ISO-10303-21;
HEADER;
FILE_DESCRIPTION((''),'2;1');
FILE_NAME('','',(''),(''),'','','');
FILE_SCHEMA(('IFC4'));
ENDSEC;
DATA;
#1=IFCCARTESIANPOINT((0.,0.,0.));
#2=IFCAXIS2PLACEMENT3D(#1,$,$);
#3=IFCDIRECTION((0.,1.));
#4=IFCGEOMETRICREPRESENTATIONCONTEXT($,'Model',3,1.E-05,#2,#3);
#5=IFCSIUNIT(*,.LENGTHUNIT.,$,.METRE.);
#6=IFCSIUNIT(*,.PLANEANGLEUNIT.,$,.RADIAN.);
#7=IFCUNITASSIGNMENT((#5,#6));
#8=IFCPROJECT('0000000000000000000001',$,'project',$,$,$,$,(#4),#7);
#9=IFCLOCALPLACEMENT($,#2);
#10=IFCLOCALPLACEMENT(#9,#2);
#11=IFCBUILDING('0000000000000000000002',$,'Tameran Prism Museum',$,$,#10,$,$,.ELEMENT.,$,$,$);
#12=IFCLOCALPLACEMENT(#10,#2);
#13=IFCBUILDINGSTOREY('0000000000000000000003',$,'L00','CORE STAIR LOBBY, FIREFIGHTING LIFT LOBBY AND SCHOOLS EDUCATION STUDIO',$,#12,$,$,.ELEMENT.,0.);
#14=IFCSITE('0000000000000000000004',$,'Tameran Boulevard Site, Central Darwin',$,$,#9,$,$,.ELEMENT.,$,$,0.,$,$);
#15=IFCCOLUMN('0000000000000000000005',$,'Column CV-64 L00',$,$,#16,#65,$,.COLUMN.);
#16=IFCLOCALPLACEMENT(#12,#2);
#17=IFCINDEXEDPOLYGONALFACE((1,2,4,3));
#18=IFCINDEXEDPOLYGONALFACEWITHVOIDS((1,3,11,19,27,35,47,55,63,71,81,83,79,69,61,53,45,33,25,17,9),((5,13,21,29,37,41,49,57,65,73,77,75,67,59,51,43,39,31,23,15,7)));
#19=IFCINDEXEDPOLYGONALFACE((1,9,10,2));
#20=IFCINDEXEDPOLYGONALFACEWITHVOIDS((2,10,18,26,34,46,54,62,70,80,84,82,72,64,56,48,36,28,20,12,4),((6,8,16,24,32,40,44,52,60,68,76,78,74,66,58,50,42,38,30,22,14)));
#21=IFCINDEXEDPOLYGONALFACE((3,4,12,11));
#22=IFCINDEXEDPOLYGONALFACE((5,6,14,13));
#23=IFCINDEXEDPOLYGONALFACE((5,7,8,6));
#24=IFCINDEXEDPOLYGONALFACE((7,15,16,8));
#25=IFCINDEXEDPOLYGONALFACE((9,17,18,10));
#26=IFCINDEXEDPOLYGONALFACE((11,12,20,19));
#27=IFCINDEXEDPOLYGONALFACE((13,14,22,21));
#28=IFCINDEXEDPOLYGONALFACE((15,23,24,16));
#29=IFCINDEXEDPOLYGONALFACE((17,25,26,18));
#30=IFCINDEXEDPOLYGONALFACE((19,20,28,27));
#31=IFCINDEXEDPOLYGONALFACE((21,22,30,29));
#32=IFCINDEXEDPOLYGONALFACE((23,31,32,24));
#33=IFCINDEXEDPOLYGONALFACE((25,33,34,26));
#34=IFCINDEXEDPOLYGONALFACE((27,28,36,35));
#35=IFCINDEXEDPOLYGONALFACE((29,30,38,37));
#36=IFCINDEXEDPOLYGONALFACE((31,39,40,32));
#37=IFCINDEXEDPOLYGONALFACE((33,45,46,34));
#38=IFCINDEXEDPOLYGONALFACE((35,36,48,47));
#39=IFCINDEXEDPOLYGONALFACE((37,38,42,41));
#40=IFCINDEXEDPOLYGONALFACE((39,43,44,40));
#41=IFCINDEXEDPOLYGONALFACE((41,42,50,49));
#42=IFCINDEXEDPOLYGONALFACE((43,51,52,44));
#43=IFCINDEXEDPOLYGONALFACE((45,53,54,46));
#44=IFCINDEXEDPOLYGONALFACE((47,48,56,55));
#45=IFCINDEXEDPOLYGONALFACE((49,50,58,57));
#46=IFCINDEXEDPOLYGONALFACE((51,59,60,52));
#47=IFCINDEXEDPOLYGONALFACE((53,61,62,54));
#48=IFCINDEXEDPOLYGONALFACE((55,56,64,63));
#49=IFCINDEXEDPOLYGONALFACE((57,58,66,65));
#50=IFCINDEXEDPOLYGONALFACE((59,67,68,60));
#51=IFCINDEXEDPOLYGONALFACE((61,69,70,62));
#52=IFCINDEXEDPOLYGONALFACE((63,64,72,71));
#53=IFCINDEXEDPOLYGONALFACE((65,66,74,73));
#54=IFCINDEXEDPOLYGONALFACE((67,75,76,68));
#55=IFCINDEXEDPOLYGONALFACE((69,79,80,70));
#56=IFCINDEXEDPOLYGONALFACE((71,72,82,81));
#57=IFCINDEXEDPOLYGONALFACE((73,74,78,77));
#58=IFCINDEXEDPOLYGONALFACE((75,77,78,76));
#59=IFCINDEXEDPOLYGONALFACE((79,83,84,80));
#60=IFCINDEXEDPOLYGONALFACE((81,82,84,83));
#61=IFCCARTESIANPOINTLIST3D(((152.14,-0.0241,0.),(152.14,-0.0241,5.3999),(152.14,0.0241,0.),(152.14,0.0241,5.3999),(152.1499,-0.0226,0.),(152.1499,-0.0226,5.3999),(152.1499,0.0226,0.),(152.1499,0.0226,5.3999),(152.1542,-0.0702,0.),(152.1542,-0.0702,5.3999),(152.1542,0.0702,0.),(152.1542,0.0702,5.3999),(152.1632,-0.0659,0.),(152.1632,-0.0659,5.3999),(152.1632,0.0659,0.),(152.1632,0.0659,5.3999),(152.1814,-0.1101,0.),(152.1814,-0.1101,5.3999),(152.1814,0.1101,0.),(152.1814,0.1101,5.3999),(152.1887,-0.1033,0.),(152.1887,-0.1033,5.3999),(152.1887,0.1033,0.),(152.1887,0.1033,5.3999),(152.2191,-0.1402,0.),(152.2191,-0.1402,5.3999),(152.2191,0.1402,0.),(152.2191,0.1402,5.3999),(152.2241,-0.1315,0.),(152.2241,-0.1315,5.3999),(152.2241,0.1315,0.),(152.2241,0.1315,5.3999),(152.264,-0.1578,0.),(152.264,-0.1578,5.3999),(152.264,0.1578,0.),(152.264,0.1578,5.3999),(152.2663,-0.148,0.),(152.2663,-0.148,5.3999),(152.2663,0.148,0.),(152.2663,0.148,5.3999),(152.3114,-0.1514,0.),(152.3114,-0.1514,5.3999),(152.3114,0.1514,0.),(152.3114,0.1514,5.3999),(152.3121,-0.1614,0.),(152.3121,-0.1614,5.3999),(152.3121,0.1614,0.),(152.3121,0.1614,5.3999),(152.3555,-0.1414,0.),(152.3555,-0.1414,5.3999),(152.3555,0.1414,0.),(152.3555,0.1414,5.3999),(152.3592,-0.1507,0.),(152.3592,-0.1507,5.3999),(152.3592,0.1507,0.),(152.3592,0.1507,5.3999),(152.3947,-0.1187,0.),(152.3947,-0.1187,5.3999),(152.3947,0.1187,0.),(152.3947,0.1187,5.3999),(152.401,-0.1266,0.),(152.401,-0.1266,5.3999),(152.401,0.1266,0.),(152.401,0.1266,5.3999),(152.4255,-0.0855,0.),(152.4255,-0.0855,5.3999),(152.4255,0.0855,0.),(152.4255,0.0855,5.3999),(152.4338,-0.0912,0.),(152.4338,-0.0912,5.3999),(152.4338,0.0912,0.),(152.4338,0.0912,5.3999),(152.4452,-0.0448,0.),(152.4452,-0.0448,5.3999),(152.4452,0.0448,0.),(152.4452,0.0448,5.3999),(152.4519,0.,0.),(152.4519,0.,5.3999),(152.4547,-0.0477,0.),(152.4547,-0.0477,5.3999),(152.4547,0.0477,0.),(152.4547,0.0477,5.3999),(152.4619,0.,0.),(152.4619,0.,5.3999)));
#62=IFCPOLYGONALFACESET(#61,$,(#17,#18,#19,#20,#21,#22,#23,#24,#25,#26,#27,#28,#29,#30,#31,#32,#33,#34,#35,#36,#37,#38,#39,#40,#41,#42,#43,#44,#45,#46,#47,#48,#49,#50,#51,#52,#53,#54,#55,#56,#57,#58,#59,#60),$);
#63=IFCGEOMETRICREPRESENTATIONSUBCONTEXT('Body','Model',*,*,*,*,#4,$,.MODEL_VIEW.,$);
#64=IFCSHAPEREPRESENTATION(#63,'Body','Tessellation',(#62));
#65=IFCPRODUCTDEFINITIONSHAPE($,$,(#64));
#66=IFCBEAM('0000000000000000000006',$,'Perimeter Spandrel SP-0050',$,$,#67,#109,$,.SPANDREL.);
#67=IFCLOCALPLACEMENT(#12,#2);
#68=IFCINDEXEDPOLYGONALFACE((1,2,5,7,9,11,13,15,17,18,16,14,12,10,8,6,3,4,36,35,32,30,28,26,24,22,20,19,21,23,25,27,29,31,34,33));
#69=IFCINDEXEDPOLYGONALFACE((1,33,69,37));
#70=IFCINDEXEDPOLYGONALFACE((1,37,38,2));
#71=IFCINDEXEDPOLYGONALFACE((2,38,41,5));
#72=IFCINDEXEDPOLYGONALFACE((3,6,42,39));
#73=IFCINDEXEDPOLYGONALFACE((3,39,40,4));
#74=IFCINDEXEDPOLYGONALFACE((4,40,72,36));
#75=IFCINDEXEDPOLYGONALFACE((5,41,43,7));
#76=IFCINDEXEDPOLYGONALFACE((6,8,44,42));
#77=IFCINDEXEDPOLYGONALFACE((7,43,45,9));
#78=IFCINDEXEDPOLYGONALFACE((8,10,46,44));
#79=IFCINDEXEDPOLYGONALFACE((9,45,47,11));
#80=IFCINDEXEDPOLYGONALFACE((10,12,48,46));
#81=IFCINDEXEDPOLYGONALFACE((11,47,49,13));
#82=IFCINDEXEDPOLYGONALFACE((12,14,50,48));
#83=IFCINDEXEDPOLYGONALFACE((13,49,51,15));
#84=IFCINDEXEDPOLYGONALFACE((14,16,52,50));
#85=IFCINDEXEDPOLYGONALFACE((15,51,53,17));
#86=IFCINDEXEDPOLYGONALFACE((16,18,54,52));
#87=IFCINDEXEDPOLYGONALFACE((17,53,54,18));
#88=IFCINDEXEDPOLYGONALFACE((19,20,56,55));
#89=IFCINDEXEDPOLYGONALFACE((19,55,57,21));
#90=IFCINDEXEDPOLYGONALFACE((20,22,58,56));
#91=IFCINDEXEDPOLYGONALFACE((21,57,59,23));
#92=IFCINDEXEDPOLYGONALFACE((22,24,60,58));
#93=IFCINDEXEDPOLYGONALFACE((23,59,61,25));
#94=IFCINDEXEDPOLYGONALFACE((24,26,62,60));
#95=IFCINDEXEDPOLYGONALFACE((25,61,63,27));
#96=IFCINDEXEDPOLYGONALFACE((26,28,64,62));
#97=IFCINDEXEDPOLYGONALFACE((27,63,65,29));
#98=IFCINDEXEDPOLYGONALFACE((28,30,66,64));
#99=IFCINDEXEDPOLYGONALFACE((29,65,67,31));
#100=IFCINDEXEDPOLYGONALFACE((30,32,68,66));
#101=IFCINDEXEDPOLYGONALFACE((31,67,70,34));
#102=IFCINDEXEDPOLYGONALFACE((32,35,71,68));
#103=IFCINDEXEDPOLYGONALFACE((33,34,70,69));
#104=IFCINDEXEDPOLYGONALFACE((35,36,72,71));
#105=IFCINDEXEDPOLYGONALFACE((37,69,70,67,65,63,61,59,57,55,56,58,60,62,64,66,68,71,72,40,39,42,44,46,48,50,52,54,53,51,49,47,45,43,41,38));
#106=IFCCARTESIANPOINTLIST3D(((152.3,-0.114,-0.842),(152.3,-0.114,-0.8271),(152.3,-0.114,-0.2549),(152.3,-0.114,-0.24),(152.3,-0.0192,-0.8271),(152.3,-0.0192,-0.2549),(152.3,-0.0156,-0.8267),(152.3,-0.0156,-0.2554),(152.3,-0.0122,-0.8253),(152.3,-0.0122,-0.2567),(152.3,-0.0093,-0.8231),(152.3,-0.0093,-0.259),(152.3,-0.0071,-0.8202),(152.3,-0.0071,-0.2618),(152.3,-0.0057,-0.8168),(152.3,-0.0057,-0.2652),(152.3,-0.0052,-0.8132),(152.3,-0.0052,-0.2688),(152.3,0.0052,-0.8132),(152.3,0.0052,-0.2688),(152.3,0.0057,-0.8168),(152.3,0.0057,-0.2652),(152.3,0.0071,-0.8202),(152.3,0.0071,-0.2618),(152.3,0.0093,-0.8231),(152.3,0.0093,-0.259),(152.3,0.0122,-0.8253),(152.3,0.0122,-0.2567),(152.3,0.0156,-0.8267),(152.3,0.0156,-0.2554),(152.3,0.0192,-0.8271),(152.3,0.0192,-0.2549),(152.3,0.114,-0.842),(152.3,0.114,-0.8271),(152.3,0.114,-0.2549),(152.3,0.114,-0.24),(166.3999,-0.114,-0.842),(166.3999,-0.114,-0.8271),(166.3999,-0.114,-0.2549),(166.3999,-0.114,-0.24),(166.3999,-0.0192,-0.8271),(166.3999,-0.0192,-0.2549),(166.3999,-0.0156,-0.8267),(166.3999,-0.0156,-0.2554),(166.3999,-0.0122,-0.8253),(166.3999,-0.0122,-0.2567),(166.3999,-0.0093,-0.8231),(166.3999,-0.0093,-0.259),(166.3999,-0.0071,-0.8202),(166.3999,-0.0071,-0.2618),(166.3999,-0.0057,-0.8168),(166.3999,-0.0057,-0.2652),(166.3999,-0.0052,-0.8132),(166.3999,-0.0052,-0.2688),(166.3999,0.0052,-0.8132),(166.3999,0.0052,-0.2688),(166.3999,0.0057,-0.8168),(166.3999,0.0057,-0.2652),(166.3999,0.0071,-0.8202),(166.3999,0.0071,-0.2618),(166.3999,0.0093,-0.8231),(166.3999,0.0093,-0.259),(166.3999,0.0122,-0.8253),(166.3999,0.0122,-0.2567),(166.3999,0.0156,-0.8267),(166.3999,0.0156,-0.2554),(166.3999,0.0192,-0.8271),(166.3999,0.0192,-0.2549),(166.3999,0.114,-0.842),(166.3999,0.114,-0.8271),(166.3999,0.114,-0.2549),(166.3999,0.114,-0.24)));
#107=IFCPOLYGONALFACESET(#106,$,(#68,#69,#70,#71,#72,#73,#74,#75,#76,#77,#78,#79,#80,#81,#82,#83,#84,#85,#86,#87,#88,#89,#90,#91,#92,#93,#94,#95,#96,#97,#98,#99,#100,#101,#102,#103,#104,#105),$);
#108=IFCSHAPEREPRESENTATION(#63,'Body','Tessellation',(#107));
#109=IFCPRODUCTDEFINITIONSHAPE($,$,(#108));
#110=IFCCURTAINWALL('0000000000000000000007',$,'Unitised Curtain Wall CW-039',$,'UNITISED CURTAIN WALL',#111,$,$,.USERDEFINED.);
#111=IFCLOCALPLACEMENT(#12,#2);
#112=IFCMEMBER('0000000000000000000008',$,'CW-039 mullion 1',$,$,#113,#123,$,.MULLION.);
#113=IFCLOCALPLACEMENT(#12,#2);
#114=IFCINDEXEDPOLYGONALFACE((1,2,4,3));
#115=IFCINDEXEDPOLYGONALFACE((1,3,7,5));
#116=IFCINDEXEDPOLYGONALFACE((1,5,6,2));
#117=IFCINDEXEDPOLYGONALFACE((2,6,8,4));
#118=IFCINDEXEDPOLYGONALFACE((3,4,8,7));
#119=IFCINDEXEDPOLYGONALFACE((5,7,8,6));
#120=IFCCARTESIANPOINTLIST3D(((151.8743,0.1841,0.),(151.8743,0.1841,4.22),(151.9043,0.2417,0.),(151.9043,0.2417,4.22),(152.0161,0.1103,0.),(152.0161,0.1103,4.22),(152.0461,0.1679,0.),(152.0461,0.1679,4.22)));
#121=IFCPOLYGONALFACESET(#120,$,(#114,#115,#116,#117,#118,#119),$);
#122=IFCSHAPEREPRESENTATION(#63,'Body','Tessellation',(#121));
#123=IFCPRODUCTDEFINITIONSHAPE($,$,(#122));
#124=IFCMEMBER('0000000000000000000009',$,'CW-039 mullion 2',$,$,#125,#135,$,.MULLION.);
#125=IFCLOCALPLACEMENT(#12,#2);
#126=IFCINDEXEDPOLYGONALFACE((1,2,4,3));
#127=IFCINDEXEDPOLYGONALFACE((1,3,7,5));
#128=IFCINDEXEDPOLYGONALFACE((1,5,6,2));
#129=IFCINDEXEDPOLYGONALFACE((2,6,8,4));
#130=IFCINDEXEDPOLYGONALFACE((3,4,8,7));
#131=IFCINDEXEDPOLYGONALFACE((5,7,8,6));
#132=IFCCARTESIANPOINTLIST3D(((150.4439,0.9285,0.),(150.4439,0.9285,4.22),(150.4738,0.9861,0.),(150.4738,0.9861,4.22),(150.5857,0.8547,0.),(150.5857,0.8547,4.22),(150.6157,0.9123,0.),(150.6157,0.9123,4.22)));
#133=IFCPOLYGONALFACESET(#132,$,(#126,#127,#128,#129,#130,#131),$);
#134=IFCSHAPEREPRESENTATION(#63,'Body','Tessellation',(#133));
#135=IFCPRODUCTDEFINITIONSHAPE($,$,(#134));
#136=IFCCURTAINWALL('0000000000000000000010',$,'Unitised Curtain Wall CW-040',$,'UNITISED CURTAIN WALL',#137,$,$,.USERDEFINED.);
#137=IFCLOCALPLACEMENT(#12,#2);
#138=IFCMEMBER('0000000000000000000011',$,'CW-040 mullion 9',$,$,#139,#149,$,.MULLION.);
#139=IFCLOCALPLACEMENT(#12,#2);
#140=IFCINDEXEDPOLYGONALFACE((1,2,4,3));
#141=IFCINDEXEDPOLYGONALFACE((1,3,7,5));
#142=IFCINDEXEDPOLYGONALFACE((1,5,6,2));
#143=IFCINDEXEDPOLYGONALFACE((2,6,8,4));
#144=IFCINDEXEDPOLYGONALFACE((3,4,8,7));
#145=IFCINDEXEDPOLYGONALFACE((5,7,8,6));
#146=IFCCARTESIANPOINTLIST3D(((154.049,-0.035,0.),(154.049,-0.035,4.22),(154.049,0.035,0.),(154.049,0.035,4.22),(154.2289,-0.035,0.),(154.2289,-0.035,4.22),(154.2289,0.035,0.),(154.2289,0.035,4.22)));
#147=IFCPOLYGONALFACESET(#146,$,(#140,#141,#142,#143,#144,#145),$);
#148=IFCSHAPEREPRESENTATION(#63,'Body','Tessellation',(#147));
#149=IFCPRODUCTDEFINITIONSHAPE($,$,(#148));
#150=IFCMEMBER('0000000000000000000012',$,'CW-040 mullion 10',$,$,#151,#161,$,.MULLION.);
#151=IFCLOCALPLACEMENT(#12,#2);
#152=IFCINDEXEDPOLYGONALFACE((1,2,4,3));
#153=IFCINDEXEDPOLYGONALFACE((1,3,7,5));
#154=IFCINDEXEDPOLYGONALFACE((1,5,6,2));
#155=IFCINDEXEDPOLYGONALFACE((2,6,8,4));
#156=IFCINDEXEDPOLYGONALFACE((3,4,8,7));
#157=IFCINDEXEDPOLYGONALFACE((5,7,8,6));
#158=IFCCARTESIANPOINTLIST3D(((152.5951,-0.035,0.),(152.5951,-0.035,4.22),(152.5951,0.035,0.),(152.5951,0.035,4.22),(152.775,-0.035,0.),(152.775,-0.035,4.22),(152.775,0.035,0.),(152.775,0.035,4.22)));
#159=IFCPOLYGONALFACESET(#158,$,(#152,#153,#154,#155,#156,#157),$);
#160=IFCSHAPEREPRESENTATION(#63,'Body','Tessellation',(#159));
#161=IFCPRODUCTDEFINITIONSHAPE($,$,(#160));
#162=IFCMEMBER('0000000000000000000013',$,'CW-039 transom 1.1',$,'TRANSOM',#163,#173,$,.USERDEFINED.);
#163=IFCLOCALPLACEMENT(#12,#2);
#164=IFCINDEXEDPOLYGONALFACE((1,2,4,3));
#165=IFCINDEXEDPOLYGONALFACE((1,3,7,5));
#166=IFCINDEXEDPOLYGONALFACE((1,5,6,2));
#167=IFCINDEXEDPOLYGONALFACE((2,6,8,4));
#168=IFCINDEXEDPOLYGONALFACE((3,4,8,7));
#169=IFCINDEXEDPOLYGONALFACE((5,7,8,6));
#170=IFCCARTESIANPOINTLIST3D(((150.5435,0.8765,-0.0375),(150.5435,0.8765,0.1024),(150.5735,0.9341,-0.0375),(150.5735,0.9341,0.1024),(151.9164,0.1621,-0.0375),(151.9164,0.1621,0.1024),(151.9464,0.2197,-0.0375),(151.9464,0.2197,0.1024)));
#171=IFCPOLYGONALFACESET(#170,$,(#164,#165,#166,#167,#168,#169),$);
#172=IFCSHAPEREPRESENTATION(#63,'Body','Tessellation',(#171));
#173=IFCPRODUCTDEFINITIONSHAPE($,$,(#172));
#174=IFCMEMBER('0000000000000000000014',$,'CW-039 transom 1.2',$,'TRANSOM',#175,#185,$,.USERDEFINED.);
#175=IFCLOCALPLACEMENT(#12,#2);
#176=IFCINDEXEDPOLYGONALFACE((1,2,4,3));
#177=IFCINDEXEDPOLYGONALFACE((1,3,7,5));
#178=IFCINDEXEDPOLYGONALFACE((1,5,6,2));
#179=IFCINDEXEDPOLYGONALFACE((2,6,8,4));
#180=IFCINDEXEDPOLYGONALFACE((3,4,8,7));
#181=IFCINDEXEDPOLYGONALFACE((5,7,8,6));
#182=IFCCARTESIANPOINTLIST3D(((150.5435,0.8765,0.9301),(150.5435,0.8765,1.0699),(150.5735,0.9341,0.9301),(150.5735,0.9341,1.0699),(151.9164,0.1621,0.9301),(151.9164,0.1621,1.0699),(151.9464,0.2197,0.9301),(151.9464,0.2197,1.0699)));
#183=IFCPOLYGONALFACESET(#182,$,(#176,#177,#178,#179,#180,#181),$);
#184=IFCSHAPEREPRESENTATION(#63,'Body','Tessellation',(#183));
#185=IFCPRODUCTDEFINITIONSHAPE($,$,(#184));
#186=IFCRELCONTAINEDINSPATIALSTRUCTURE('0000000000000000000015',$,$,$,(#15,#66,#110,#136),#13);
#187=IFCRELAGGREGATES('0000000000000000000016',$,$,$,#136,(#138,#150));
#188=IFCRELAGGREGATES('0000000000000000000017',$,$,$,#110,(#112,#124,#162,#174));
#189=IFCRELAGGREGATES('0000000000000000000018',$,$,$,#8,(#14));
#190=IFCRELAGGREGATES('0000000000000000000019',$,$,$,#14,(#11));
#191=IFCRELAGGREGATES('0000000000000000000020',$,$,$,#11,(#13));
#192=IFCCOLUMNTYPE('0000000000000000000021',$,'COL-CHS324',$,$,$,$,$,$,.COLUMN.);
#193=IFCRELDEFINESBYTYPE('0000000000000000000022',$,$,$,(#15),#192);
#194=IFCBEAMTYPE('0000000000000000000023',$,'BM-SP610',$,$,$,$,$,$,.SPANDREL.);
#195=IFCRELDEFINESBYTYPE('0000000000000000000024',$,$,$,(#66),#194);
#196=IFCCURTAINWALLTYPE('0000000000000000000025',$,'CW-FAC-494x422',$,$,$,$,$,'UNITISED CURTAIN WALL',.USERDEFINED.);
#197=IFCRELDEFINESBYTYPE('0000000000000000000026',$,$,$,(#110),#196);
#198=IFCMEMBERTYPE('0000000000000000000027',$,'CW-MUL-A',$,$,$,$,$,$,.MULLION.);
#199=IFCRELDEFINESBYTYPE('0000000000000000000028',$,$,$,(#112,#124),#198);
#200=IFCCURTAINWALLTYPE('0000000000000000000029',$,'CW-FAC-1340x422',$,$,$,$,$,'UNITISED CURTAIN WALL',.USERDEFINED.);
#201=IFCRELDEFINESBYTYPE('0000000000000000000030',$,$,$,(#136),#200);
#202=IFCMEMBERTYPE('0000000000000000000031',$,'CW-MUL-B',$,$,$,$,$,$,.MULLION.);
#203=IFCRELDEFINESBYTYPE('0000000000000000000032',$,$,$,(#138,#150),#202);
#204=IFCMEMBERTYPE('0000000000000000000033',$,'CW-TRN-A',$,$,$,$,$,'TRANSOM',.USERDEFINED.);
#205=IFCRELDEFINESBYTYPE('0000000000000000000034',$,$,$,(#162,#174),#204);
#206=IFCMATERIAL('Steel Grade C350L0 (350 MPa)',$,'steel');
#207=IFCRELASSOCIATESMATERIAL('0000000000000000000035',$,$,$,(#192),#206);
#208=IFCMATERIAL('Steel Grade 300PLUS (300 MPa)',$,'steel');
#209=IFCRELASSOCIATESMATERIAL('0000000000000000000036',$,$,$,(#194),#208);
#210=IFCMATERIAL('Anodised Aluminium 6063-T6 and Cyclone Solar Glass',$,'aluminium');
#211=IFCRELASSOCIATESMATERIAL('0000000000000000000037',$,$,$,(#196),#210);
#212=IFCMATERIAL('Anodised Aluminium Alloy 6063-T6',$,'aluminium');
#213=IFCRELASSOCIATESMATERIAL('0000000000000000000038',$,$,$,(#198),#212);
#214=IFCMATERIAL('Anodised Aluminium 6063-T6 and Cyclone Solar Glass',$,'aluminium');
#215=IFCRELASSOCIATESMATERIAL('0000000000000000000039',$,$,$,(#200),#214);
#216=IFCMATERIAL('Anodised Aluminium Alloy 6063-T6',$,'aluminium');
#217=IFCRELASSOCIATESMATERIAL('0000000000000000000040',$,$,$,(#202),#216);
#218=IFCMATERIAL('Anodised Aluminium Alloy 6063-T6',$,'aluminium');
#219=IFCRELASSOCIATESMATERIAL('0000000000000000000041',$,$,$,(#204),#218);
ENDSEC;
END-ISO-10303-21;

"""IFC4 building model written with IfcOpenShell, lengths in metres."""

from ifc_helpers import new_model, si_unit, direction, frame, origin, origin_2d, place, context, subcontext, project, spatial, rectangle, hollow_circle, i_section, extrude, material, material_profile, profile_set, type_object, element, aggregate, save


model = new_model("IFC4")

# Units and contexts
model_context = context("Model", 3, precision=1e-05, world=origin(), true_north=direction((0.0, 1.0)))
body_context = subcontext(model_context, "Body", "Model", "MODEL_VIEW")
ifc_project = project(units=[si_unit("LENGTHUNIT", "METRE"), si_unit("PLANEANGLEUNIT", "RADIAN")], contexts=[model_context])

# Site, building, storey
site_placement = place(None, origin())
site = spatial("IfcSite", under=ifc_project, at=site_placement, Name="Tameran Boulevard Site, Central Darwin", CompositionType="ELEMENT", RefElevation=0.0)
building_placement = place(site_placement, origin())
building = spatial("IfcBuilding", under=site, at=building_placement, Name="Tameran Prism Museum", CompositionType="ELEMENT")
storey_placement = place(building_placement, origin())
storey = spatial("IfcBuildingStorey", under=building, at=storey_placement, Name="L00", Description="CORE STAIR LOBBY, FIREFIGHTING LIFT LOBBY AND SCHOOLS EDUCATION STUDIO", CompositionType="ELEMENT", Elevation=0.0)

# Column
ifc_material_1 = material(Name="Steel Grade C350L0 (350 MPa)", Category="steel")
ifc_material_profile_1 = material_profile(ifc_material_1, hollow_circle(Radius=0.1619, WallThickness=0.01, at=origin_2d()))
ifc_profile_set_1 = profile_set([ifc_material_profile_1])
column_type = type_object("IfcColumnType", Name="COL-CHS324", PredefinedType="COLUMN", material=ifc_profile_set_1)
column_placement = place(storey_placement, frame((152.3, 0.0, 0.0), z_axis=(0.0, 0.0, 1.0), x_axis=(1.0, 0.0, 0.0)))
element("IfcColumn", 1, at=column_placement, inside=storey, type_object=column_type, Name="Column CV-64 L00", PredefinedType="COLUMN", context=body_context, shape_type="SweptSolid", body=[
    extrude(hollow_circle(Radius=0.1619, WallThickness=0.01, at=origin_2d()), origin(), (0.0, 0.0, 1.0), 5.3999),
])

# Beam
ifc_material_2 = material(Name="Steel Grade 300PLUS (300 MPa)", Category="steel")
ifc_material_profile_2 = material_profile(ifc_material_2, i_section(OverallWidth=0.228, OverallDepth=0.6021, WebThickness=0.0105, FlangeThickness=0.0149, FilletRadius=0.0139, at=origin_2d()))
ifc_profile_set_2 = profile_set([ifc_material_profile_2])
beam_type = type_object("IfcBeamType", Name="BM-SP610", PredefinedType="SPANDREL", material=ifc_profile_set_2)
beam_placement = place(storey_placement, frame((152.3, 0.0, -0.541), z_axis=(1.0, 0.0, 0.0), x_axis=(0.0, 1.0, 0.0)))
element("IfcBeam", 2, at=beam_placement, inside=storey, type_object=beam_type, Name="Perimeter Spandrel SP-0050", PredefinedType="SPANDREL", context=body_context, shape_type="SweptSolid", body=[
    extrude(i_section(OverallWidth=0.228, OverallDepth=0.6021, WebThickness=0.0105, FlangeThickness=0.0149, FilletRadius=0.0139, at=origin_2d()), origin(), (0.0, 0.0, 1.0), 14.0999),
])

# Curtain walls, members
ifc_material_3 = material(Name="Anodised Aluminium 6063-T6 and Cyclone Solar Glass", Category="aluminium")
curtain_wall_type_1 = type_object("IfcCurtainWallType", Name="CW-FAC-494x422", ElementType="UNITISED CURTAIN WALL", PredefinedType="USERDEFINED", material=ifc_material_3)
curtain_wall_1_placement = place(storey_placement, origin())
curtain_wall_1 = element("IfcCurtainWall", 3, at=curtain_wall_1_placement, inside=storey, type_object=curtain_wall_type_1, Name="Unitised Curtain Wall CW-039", ObjectType="UNITISED CURTAIN WALL", PredefinedType="USERDEFINED")
ifc_material_4 = material(Name="Anodised Aluminium Alloy 6063-T6", Category="aluminium")
ifc_material_profile_3 = material_profile(ifc_material_4, rectangle(XDim=0.0649, YDim=0.1599, at=origin_2d()))
ifc_profile_set_3 = profile_set([ifc_material_profile_3])
member_type_1 = type_object("IfcMemberType", Name="CW-MUL-A", PredefinedType="MULLION", material=ifc_profile_set_3)
member_1_placement = place(storey_placement, frame((151.9602, 0.176, 0.0), z_axis=(0.0, 0.0, 1.0), x_axis=(-0.461582, -0.887097, 0.0)))
member_1 = element("IfcMember", 4, at=member_1_placement, type_object=member_type_1, Name="CW-039 mullion 1", PredefinedType="MULLION", context=body_context, shape_type="SweptSolid", body=[
    extrude(rectangle(XDim=0.0649, YDim=0.1599, at=origin_2d()), origin(), (0.0, 0.0, 1.0), 4.22),
])
member_2_placement = place(storey_placement, frame((150.5298, 0.9204, 0.0), z_axis=(0.0, 0.0, 1.0), x_axis=(-0.461582, -0.887097, 0.0)))
member_2 = element("IfcMember", 5, at=member_2_placement, type_object=member_type_1, Name="CW-039 mullion 2", PredefinedType="MULLION", context=body_context, shape_type="SweptSolid", body=[
    extrude(rectangle(XDim=0.0649, YDim=0.1599, at=origin_2d()), origin(), (0.0, 0.0, 1.0), 4.22),
])
ifc_material_5 = material(Name="Anodised Aluminium 6063-T6 and Cyclone Solar Glass", Category="aluminium")
curtain_wall_type_2 = type_object("IfcCurtainWallType", Name="CW-FAC-1340x422", ElementType="UNITISED CURTAIN WALL", PredefinedType="USERDEFINED", material=ifc_material_5)
curtain_wall_2_placement = place(storey_placement, origin())
curtain_wall_2 = element("IfcCurtainWall", 6, at=curtain_wall_2_placement, inside=storey, type_object=curtain_wall_type_2, Name="Unitised Curtain Wall CW-040", ObjectType="UNITISED CURTAIN WALL", PredefinedType="USERDEFINED")
ifc_material_6 = material(Name="Anodised Aluminium Alloy 6063-T6", Category="aluminium")
ifc_material_profile_4 = material_profile(ifc_material_6, rectangle(XDim=0.0701, YDim=0.1799, at=origin_2d()))
ifc_profile_set_4 = profile_set([ifc_material_profile_4])
member_type_2 = type_object("IfcMemberType", Name="CW-MUL-B", PredefinedType="MULLION", material=ifc_profile_set_4)
member_3_placement = place(storey_placement, frame((154.1389, 0.0, 0.0), z_axis=(0.0, 0.0, 1.0), x_axis=(0.0, -1.0, 0.0)))
member_3 = element("IfcMember", 7, at=member_3_placement, type_object=member_type_2, Name="CW-040 mullion 9", PredefinedType="MULLION", context=body_context, shape_type="SweptSolid", body=[
    extrude(rectangle(XDim=0.0701, YDim=0.1799, at=origin_2d()), origin(), (0.0, 0.0, 1.0), 4.22),
])
member_4_placement = place(storey_placement, frame((152.6851, 0.0, 0.0), z_axis=(0.0, 0.0, 1.0), x_axis=(0.0, -1.0, 0.0)))
member_4 = element("IfcMember", 8, at=member_4_placement, type_object=member_type_2, Name="CW-040 mullion 10", PredefinedType="MULLION", context=body_context, shape_type="SweptSolid", body=[
    extrude(rectangle(XDim=0.0701, YDim=0.1799, at=origin_2d()), origin(), (0.0, 0.0, 1.0), 4.22),
])

# Members
ifc_material_7 = material(Name="Anodised Aluminium Alloy 6063-T6", Category="aluminium")
ifc_material_profile_5 = material_profile(ifc_material_7, rectangle(XDim=0.0649, YDim=0.1399, at=origin_2d()))
ifc_profile_set_5 = profile_set([ifc_material_profile_5])
member_type_3 = type_object("IfcMemberType", Name="CW-TRN-A", ElementType="TRANSOM", PredefinedType="USERDEFINED", material=ifc_profile_set_5)
member_5_placement = place(storey_placement, frame((151.9314, 0.1909, 0.0325), z_axis=(-0.887085, 0.461606, 0.0), x_axis=(-0.461606, -0.887085, 0.0)))
member_5 = element("IfcMember", 9, at=member_5_placement, type_object=member_type_3, Name="CW-039 transom 1.1", ObjectType="TRANSOM", PredefinedType="USERDEFINED", context=body_context, shape_type="SweptSolid", body=[
    extrude(rectangle(XDim=0.0649, YDim=0.1399, at=origin_2d()), origin(), (0.0, 0.0, 1.0), 1.5476),
])
member_6_placement = place(storey_placement, frame((151.9314, 0.1909, 1.0), z_axis=(-0.887085, 0.461606, 0.0), x_axis=(-0.461606, -0.887085, 0.0)))
member_6 = element("IfcMember", 10, at=member_6_placement, type_object=member_type_3, Name="CW-039 transom 1.2", ObjectType="TRANSOM", PredefinedType="USERDEFINED", context=body_context, shape_type="SweptSolid", body=[
    extrude(rectangle(XDim=0.0649, YDim=0.1399, at=origin_2d()), origin(), (0.0, 0.0, 1.0), 1.5476),
])

aggregate(curtain_wall_2, [member_3, member_4])
aggregate(curtain_wall_1, [member_1, member_2, member_5, member_6])

save(model, "model.ifc")
